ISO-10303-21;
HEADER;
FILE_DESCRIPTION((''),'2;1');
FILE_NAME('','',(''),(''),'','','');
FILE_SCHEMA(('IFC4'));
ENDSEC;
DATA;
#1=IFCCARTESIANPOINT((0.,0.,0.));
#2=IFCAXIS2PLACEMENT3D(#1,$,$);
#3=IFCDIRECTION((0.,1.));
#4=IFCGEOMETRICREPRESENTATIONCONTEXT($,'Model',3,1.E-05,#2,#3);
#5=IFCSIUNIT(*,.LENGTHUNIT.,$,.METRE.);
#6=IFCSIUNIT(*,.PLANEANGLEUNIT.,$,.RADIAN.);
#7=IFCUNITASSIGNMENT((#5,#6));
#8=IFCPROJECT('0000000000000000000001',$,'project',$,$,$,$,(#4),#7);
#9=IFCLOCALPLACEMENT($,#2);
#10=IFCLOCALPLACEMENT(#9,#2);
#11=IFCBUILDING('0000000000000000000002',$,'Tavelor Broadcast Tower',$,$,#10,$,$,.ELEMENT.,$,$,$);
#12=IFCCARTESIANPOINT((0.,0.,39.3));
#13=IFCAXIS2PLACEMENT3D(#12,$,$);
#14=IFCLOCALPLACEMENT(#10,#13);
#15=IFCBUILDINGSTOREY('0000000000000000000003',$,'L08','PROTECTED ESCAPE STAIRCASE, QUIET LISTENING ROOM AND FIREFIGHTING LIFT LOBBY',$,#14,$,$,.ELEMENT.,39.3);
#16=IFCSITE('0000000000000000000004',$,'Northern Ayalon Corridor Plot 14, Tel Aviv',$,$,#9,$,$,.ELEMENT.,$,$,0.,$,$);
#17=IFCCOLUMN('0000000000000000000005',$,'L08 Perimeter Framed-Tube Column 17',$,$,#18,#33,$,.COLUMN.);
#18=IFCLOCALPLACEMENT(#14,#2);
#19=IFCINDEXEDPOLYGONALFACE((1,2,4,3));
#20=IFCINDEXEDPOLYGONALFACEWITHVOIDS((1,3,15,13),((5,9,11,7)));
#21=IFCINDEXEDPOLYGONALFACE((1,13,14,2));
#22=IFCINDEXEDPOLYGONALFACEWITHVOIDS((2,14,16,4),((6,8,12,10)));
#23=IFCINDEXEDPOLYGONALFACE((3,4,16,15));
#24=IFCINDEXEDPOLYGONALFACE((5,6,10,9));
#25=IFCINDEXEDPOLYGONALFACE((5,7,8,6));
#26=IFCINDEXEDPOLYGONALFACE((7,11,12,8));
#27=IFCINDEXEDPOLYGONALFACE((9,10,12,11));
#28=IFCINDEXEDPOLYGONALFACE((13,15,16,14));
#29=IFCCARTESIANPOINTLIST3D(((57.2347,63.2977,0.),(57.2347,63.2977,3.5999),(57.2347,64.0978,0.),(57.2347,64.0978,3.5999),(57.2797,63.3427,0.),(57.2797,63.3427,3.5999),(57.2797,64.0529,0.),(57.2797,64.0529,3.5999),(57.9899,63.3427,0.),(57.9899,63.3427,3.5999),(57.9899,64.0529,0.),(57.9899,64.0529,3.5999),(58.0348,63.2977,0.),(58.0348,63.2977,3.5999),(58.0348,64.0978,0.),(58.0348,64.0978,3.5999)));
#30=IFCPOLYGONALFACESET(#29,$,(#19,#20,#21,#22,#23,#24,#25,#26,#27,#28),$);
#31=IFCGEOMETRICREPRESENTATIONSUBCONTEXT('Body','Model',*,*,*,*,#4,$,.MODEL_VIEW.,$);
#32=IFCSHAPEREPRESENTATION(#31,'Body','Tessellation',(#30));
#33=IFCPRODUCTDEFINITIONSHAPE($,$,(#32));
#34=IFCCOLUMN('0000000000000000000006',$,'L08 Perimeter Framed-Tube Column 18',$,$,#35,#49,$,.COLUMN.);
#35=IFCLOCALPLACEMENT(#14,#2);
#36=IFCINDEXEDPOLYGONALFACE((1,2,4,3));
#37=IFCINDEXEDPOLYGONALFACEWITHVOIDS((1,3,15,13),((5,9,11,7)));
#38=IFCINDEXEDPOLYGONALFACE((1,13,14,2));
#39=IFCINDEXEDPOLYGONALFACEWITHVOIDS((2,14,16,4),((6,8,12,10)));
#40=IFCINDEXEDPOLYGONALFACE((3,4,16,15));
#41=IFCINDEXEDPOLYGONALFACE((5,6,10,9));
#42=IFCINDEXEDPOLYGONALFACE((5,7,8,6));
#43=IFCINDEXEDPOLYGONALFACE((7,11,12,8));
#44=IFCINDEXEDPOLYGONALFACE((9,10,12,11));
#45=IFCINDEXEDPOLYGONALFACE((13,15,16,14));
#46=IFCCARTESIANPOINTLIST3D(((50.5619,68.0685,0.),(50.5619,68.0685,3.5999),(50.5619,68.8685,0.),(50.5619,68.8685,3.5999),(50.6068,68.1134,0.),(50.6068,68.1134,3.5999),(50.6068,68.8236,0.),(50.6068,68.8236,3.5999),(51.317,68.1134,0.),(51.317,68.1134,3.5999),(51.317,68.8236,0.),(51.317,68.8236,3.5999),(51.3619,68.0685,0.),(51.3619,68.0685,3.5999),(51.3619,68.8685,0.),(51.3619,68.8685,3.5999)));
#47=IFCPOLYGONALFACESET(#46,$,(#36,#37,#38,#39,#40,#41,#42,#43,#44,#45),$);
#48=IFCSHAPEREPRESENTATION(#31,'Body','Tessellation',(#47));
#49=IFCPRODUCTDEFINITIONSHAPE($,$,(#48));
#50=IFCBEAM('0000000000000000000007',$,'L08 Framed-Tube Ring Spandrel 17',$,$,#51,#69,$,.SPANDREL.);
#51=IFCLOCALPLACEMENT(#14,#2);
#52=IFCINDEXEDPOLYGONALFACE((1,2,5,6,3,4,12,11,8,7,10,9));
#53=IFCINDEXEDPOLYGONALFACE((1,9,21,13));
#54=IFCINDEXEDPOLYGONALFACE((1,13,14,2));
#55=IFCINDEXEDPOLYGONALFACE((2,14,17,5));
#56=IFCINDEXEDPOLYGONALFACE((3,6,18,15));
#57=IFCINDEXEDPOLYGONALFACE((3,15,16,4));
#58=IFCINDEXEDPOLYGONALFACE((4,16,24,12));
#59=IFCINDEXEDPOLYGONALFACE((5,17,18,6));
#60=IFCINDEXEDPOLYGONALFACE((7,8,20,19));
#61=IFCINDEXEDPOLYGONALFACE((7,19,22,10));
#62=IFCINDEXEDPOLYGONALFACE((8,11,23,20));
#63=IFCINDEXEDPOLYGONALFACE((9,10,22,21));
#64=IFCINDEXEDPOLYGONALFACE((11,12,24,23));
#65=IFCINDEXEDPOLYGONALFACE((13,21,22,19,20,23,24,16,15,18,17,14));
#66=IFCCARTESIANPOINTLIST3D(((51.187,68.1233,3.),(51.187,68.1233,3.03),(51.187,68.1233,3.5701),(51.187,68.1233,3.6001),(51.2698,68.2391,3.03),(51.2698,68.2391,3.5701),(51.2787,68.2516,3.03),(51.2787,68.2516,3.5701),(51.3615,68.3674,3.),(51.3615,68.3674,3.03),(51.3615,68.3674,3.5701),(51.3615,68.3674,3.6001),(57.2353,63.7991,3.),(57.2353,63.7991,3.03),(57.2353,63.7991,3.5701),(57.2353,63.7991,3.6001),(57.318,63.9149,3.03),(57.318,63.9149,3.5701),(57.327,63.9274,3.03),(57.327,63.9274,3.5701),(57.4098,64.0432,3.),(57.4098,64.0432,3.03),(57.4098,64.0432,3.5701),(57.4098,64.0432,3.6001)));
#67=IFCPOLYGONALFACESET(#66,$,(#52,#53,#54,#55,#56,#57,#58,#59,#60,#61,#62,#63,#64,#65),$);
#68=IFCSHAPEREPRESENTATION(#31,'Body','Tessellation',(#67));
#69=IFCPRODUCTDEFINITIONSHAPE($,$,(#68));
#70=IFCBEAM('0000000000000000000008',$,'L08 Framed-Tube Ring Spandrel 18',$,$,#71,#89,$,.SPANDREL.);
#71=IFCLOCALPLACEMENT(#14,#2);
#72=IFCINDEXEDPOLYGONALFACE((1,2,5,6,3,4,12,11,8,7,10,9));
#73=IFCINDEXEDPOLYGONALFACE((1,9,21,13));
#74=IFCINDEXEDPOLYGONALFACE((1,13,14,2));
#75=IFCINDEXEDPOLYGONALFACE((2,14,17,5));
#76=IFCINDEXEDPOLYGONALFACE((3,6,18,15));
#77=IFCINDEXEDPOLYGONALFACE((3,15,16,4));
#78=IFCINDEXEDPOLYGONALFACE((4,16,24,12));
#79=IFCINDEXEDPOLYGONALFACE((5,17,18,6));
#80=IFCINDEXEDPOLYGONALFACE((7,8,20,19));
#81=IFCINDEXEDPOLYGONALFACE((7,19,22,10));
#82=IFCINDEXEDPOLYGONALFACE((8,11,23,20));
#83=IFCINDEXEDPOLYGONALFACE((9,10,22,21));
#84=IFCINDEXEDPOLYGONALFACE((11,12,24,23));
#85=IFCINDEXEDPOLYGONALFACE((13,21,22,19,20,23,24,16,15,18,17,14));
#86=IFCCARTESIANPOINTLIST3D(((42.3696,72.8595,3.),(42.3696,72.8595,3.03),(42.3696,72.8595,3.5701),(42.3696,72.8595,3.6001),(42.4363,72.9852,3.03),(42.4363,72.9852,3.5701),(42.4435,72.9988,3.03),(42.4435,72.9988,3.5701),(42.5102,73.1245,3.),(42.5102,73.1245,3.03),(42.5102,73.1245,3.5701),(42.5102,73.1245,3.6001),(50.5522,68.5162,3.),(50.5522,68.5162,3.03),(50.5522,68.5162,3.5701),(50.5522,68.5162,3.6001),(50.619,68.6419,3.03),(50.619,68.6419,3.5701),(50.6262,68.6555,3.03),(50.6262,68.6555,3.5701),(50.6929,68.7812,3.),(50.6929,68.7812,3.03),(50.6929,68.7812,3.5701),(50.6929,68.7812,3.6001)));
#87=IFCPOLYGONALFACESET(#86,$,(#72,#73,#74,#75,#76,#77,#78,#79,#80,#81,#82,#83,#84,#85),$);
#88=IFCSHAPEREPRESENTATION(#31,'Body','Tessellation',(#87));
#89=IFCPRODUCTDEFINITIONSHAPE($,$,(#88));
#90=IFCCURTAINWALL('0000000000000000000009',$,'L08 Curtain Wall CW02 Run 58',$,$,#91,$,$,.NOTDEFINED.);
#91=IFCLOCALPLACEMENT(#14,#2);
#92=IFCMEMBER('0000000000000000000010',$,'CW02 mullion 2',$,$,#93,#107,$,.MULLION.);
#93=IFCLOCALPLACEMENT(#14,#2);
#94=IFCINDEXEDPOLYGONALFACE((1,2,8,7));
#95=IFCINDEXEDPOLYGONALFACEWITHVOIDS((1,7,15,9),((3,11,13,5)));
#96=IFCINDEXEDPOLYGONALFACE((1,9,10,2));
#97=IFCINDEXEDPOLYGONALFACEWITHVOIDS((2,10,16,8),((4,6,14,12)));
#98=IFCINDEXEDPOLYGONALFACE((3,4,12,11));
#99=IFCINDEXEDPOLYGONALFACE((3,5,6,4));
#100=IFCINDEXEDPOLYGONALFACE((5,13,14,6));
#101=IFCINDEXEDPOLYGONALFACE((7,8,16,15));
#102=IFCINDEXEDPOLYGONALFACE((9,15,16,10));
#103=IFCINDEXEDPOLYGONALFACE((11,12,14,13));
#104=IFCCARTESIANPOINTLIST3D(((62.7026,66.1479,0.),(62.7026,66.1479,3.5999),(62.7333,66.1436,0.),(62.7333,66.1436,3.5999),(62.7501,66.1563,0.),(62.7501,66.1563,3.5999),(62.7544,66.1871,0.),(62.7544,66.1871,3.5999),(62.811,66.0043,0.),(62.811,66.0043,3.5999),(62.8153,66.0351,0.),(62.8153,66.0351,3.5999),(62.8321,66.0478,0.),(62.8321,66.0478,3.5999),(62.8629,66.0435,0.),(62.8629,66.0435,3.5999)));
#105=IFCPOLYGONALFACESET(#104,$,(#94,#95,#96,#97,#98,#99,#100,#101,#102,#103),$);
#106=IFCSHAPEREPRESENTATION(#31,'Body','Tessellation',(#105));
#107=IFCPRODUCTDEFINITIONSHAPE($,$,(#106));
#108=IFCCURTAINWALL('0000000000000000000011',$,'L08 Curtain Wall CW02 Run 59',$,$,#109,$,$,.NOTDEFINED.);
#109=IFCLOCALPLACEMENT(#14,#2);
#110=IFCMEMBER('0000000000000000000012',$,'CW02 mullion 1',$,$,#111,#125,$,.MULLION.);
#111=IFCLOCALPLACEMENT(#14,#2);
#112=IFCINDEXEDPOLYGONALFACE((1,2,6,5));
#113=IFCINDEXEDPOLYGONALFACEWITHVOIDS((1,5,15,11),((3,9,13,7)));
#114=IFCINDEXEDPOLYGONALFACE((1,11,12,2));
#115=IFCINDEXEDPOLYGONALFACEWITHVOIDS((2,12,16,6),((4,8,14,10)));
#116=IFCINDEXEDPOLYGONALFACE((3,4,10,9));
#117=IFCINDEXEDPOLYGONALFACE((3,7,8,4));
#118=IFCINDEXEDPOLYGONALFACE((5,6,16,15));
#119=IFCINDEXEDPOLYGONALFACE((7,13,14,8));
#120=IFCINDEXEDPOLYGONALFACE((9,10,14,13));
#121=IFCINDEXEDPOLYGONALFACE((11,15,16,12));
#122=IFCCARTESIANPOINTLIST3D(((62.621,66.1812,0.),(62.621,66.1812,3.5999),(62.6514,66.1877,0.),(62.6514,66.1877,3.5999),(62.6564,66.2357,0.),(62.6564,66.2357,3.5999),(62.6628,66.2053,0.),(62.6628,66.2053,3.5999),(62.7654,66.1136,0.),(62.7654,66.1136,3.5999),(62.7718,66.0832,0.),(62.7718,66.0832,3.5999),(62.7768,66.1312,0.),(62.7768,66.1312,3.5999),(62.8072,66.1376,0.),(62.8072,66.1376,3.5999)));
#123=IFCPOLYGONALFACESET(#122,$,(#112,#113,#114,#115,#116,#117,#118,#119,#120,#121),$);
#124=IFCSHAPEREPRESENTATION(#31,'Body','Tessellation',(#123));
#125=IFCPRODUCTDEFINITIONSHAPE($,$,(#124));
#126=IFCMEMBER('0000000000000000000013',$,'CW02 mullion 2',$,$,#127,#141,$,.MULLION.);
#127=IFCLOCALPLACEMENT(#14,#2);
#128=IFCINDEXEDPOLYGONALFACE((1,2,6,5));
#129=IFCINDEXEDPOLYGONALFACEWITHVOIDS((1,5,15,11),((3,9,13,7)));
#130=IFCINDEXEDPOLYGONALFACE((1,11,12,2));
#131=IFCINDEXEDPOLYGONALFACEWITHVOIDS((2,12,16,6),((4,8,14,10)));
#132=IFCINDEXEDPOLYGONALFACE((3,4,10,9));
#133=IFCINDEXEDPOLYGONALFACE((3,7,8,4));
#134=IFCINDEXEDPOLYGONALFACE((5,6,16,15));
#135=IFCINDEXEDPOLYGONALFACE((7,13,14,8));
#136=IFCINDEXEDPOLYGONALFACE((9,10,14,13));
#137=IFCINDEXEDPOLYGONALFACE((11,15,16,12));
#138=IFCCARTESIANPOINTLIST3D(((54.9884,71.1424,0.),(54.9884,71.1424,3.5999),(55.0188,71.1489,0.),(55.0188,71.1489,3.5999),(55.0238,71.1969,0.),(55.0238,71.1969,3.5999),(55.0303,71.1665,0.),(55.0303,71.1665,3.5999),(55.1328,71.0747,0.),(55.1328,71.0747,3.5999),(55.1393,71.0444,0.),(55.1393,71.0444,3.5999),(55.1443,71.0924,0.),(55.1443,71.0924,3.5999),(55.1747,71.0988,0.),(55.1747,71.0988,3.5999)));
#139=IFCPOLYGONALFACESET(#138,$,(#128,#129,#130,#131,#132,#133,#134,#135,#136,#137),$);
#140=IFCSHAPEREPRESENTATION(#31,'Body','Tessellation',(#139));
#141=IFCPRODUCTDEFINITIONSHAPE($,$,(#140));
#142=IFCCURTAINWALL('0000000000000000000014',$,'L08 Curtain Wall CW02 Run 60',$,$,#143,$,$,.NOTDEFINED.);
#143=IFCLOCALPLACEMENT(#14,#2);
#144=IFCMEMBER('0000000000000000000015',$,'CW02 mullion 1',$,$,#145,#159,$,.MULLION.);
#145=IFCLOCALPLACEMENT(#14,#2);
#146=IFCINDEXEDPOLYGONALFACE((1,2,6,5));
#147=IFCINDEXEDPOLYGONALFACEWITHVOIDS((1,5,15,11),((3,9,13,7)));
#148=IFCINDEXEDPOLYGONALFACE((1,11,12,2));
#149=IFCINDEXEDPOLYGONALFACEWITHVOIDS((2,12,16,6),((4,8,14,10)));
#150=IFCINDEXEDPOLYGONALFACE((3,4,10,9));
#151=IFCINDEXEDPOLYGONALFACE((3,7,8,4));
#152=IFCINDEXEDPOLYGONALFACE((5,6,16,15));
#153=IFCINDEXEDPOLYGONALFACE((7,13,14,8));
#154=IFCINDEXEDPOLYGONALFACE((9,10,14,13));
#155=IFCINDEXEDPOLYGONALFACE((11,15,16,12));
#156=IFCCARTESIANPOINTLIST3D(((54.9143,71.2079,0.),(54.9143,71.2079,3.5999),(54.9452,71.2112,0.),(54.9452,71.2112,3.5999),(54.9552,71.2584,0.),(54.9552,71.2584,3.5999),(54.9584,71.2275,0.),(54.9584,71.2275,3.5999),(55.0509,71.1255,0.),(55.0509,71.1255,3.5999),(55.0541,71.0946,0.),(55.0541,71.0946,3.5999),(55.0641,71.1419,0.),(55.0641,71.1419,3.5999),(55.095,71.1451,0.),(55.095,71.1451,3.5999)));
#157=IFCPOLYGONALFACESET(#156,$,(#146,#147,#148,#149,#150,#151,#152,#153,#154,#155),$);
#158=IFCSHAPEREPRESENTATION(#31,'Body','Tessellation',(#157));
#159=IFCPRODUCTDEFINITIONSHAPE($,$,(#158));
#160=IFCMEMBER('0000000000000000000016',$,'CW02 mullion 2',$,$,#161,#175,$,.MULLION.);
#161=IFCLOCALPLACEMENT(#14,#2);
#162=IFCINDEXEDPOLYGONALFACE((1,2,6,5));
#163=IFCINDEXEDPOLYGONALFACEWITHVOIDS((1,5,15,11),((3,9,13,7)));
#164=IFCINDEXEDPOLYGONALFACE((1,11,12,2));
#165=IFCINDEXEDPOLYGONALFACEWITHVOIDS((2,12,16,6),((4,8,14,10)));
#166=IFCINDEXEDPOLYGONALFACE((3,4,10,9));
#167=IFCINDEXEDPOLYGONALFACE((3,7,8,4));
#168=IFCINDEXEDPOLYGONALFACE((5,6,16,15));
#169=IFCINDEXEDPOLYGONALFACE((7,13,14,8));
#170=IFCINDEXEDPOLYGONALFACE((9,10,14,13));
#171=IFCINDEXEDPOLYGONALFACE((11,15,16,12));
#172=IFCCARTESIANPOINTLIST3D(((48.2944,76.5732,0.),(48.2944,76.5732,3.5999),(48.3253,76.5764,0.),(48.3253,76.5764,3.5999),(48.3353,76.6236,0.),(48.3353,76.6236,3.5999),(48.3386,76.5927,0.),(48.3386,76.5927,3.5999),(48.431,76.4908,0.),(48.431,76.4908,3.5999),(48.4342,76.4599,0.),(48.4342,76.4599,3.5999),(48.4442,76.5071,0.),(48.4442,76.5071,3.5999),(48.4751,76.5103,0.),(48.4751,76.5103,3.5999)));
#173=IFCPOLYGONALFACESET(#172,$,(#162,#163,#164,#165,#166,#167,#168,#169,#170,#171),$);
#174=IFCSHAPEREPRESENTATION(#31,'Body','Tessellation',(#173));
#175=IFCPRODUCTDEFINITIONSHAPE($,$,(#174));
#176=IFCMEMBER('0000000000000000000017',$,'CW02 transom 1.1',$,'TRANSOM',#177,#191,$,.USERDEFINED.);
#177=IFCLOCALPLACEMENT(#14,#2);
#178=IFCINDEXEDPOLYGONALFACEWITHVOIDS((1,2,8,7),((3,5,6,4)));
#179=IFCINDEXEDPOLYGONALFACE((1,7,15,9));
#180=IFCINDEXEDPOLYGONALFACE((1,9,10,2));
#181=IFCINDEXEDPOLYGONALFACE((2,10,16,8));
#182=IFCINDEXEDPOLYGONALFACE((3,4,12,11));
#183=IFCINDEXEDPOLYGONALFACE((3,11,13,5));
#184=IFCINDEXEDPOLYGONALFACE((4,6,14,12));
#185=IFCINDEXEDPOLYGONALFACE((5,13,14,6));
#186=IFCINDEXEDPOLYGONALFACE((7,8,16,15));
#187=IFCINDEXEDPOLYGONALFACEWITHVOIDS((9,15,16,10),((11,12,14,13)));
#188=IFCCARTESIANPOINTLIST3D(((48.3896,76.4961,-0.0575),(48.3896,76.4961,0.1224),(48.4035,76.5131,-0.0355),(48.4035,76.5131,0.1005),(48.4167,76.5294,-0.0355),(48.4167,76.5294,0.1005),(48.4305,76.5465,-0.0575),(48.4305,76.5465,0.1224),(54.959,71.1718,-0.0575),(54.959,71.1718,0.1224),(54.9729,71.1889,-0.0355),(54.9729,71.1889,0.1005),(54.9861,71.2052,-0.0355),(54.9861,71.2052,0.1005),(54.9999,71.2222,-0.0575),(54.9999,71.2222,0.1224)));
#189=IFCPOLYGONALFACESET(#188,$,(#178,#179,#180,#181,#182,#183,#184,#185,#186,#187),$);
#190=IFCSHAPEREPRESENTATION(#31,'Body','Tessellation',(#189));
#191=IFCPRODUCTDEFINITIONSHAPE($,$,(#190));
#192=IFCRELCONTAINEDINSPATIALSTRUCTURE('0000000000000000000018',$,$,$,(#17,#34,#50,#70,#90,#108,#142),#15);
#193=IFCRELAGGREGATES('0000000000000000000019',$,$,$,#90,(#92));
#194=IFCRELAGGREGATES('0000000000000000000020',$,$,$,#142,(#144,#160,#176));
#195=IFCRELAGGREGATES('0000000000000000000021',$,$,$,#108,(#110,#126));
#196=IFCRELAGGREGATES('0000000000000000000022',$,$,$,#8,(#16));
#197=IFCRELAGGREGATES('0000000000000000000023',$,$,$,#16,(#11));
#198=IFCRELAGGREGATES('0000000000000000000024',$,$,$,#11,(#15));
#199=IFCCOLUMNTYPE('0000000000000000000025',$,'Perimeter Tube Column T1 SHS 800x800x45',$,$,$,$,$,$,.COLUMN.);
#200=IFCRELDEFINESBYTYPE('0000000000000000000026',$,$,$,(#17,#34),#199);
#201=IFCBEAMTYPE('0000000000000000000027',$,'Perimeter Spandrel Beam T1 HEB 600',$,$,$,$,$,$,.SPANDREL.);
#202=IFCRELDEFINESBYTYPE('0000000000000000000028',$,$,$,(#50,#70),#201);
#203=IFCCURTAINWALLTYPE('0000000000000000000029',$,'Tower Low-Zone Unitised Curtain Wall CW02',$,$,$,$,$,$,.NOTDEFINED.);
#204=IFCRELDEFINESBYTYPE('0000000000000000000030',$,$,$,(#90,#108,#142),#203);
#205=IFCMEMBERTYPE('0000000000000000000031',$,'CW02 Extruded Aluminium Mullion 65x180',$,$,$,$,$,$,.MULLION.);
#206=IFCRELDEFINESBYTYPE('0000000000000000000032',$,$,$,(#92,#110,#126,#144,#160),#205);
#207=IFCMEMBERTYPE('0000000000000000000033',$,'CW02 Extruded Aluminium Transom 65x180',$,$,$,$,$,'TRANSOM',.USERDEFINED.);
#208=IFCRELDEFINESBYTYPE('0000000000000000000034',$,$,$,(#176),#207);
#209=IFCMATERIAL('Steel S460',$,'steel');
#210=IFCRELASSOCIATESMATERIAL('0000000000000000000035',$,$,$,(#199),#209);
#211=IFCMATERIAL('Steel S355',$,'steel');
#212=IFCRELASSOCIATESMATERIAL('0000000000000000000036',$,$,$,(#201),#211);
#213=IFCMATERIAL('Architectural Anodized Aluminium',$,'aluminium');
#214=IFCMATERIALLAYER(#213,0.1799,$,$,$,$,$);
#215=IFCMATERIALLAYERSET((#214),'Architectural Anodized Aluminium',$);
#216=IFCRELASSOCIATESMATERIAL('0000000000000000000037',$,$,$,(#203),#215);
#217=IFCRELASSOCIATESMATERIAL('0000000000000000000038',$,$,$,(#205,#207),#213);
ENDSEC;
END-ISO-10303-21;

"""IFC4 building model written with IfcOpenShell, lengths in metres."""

from ifc_helpers import new_model, si_unit, direction, frame, origin, origin_2d, place, context, subcontext, project, spatial, hollow_rectangle, i_section, extrude, source, transform, mapped, material, layer, layer_set, material_profile, profile_set, type_object, type_shapes, element, aggregate, save


model = new_model("IFC4")

# Units and contexts
model_context = context("Model", 3, precision=1e-05, world=origin(), true_north=direction((0.0, 1.0)))
body_context = subcontext(model_context, "Body", "Model", "MODEL_VIEW")
ifc_project = project(units=[si_unit("LENGTHUNIT", "METRE"), si_unit("PLANEANGLEUNIT", "RADIAN")], contexts=[model_context])

# Site, building, storey
site_placement = place(None, origin())
site = spatial("IfcSite", under=ifc_project, at=site_placement, Name="Northern Ayalon Corridor Plot 14, Tel Aviv", CompositionType="ELEMENT", RefElevation=0.0)
building_placement = place(site_placement, origin())
building = spatial("IfcBuilding", under=site, at=building_placement, Name="Tavelor Broadcast Tower", CompositionType="ELEMENT")
storey_placement = place(building_placement, frame((0.0, 0.0, 39.3)))
storey = spatial("IfcBuildingStorey", under=building, at=storey_placement, Name="L08", Description="PROTECTED ESCAPE STAIRCASE, QUIET LISTENING ROOM AND FIREFIGHTING LIFT LOBBY", CompositionType="ELEMENT", Elevation=39.3)

# Columns
ifc_material_1 = material(Name="Steel S460", Category="steel")
ifc_material_profile_1 = material_profile(ifc_material_1, hollow_rectangle(XDim=0.8, YDim=0.8, WallThickness=0.0449, at=origin_2d()), Name="SHS 800x800x45")
ifc_profile_set_1 = profile_set([ifc_material_profile_1], Name="Steel S460")
column_type = type_object("IfcColumnType", Name="Perimeter Tube Column T1 SHS 800x800x45", PredefinedType="COLUMN", material=ifc_profile_set_1)
for number, where, z_axis, x_axis, name in (
    (1, (57.6348, 63.6978, 0.0), (0.0, 0.0, 1.0), (1.0, 0.0, 0.0), "L08 Perimeter Framed-Tube Column 17"),
    (2, (50.9619, 68.4685, 0.0), (0.0, 0.0, 1.0), (1.0, 0.0, 0.0), "L08 Perimeter Framed-Tube Column 18"),
):
    element("IfcColumn", number, at=place(storey_placement, frame(where, z_axis=z_axis, x_axis=x_axis)), inside=storey, type_object=column_type, Name=name, PredefinedType="COLUMN", context=body_context, shape_type="SweptSolid", body=[
        extrude(hollow_rectangle(XDim=0.8, YDim=0.8, WallThickness=0.0449, at=origin_2d()), origin(), (0.0, 0.0, 1.0), 3.5999),
    ])

# Beams
ifc_material_2 = material(Name="Steel S355", Category="steel")
ifc_material_profile_2 = material_profile(ifc_material_2, i_section(OverallWidth=0.3, OverallDepth=0.6001, WebThickness=0.0154, FlangeThickness=0.03, at=origin_2d()), Name="HEB 600")
ifc_profile_set_2 = profile_set([ifc_material_profile_2], Name="Steel S355")
beam_type = type_object("IfcBeamType", Name="Perimeter Spandrel Beam T1 HEB 600", PredefinedType="SPANDREL", material=ifc_profile_set_2)
beam_1_placement = place(storey_placement, frame((57.3225, 63.9211, 3.3), z_axis=(-0.81348, 0.581592, 0.0), x_axis=(-0.581592, -0.81348, 0.0)))
element("IfcBeam", 3, at=beam_1_placement, inside=storey, type_object=beam_type, Name="L08 Framed-Tube Ring Spandrel 17", PredefinedType="SPANDREL", context=body_context, shape_type="SweptSolid", body=[
    extrude(i_section(OverallWidth=0.3, OverallDepth=0.6001, WebThickness=0.0154, FlangeThickness=0.03, at=origin_2d()), origin(), (0.0, 0.0, 1.0), 7.4351),
])
beam_2_placement = place(storey_placement, frame((50.6226, 68.6487, 3.3), z_axis=(-0.883284, 0.468839, 0.0), x_axis=(-0.468839, -0.883284, 0.0)))
element("IfcBeam", 4, at=beam_2_placement, inside=storey, type_object=beam_type, Name="L08 Framed-Tube Ring Spandrel 18", PredefinedType="SPANDREL", context=body_context, shape_type="SweptSolid", body=[
    extrude(i_section(OverallWidth=0.3, OverallDepth=0.6001, WebThickness=0.0154, FlangeThickness=0.03, at=origin_2d()), origin(), (0.0, 0.0, 1.0), 9.2639),
])

# Curtain wall, member
ifc_material_3 = material(Name="Architectural Anodized Aluminium", Category="aluminium")
ifc_layer_1 = layer(ifc_material_3, 0.1799)
ifc_layer_set_1 = layer_set([ifc_layer_1], Name="Architectural Anodized Aluminium")
curtain_wall_type = type_object("IfcCurtainWallType", Name="Tower Low-Zone Unitised Curtain Wall CW02", PredefinedType="NOTDEFINED", material=ifc_layer_set_1)
curtain_wall_1_placement = place(storey_placement, origin())
curtain_wall_1 = element("IfcCurtainWall", 5, at=curtain_wall_1_placement, inside=storey, type_object=curtain_wall_type, Name="L08 Curtain Wall CW02 Run 58", PredefinedType="NOTDEFINED")
ifc_material_profile_3 = material_profile(ifc_material_3, hollow_rectangle(XDim=0.0649, YDim=0.1799, WallThickness=0.022, at=origin_2d()), Name="RHS 65x180x22")
ifc_profile_set_3 = profile_set([ifc_material_profile_3], Name="Architectural Anodized Aluminium")
member_type_1 = type_object("IfcMemberType", Name="CW02 Extruded Aluminium Mullion 65x180", PredefinedType="MULLION", material=ifc_profile_set_3)
shared_shape_1 = source(origin(), body_context, "Body", "SweptSolid", [
    extrude(hollow_rectangle(XDim=0.0649, YDim=0.1799, WallThickness=0.022, at=origin_2d()), origin(), (0.0, 0.0, 1.0), 3.5999),
])
type_shapes(member_type_1, [shared_shape_1])
member_1_placement = place(storey_placement, frame((62.7827, 66.0957, 0.0), z_axis=(0.0, 0.0, 1.0), x_axis=(-0.797846, -0.602861, 0.0)))
member_1 = element("IfcMember", 6, at=member_1_placement, type_object=member_type_1, Name="CW02 mullion 2", PredefinedType="MULLION", context=body_context, shape_type="MappedRepresentation", body=[
    mapped(shared_shape_1, transform((0.0, 0.0, 0.0), scale=1.0)),
])
aggregate(curtain_wall_1, [member_1])

# Curtain walls, members
curtain_wall_2_placement = place(storey_placement, origin())
curtain_wall_2 = element("IfcCurtainWall", 7, at=curtain_wall_2_placement, inside=storey, type_object=curtain_wall_type, Name="L08 Curtain Wall CW02 Run 59", PredefinedType="NOTDEFINED")
member_2_placement = place(storey_placement, frame((62.7141, 66.1594, 0.0), z_axis=(0.0, 0.0, 1.0), x_axis=(-0.544982, -0.838448, 0.0)))
member_2 = element("IfcMember", 8, at=member_2_placement, type_object=member_type_1, Name="CW02 mullion 1", PredefinedType="MULLION", context=body_context, shape_type="MappedRepresentation", body=[
    mapped(shared_shape_1, transform((0.0, 0.0, 0.0), scale=1.0)),
])
member_3_placement = place(storey_placement, frame((55.0815, 71.1206, 0.0), z_axis=(0.0, 0.0, 1.0), x_axis=(-0.544982, -0.838448, 0.0)))
member_3 = element("IfcMember", 9, at=member_3_placement, type_object=member_type_1, Name="CW02 mullion 2", PredefinedType="MULLION", context=body_context, shape_type="MappedRepresentation", body=[
    mapped(shared_shape_1, transform((0.0, 0.0, 0.0), scale=1.0)),
])
curtain_wall_3_placement = place(storey_placement, origin())
curtain_wall_3 = element("IfcCurtainWall", 10, at=curtain_wall_3_placement, inside=storey, type_object=curtain_wall_type, Name="L08 Curtain Wall CW02 Run 60", PredefinedType="NOTDEFINED")
member_4_placement = place(storey_placement, frame((55.0046, 71.1765, 0.0), z_axis=(0.0, 0.0, 1.0), x_axis=(-0.629631, -0.776894, 0.0)))
member_4 = element("IfcMember", 11, at=member_4_placement, type_object=member_type_1, Name="CW02 mullion 1", PredefinedType="MULLION", context=body_context, shape_type="MappedRepresentation", body=[
    mapped(shared_shape_1, transform((0.0, 0.0, 0.0), scale=1.0)),
])
member_5_placement = place(storey_placement, frame((48.3848, 76.5417, 0.0), z_axis=(0.0, 0.0, 1.0), x_axis=(-0.629631, -0.776894, 0.0)))
member_5 = element("IfcMember", 12, at=member_5_placement, type_object=member_type_1, Name="CW02 mullion 2", PredefinedType="MULLION", context=body_context, shape_type="MappedRepresentation", body=[
    mapped(shared_shape_1, transform((0.0, 0.0, 0.0), scale=1.0)),
])
ifc_material_profile_4 = material_profile(ifc_material_3, hollow_rectangle(XDim=0.0649, YDim=0.1799, WallThickness=0.022, at=origin_2d()), Name="RHS 65x180x22")
ifc_profile_set_4 = profile_set([ifc_material_profile_4], Name="Architectural Anodized Aluminium")
member_type_2 = type_object("IfcMemberType", Name="CW02 Extruded Aluminium Transom 65x180", ElementType="TRANSOM", PredefinedType="USERDEFINED", material=ifc_profile_set_4)
shared_shape_2 = source(origin(), body_context, "Body", "SweptSolid", [
    extrude(hollow_rectangle(XDim=0.0649, YDim=0.1799, WallThickness=0.022, at=origin_2d()), origin(), (0.0, 0.0, 1.0), 8.4561),
])
member_6_placement = place(storey_placement, frame((54.9795, 71.197, 0.0325), z_axis=(-0.776887, 0.62964, 0.0), x_axis=(-0.62964, -0.776887, 0.0)))
member_6 = element("IfcMember", 13, at=member_6_placement, type_object=member_type_2, Name="CW02 transom 1.1", ObjectType="TRANSOM", PredefinedType="USERDEFINED", context=body_context, shape_type="MappedRepresentation", body=[
    mapped(shared_shape_2, transform((0.0, 0.0, 0.0), scale=1.0)),
])

aggregate(curtain_wall_3, [member_4, member_5, member_6])
aggregate(curtain_wall_2, [member_2, member_3])

save(model, "model.ifc")
